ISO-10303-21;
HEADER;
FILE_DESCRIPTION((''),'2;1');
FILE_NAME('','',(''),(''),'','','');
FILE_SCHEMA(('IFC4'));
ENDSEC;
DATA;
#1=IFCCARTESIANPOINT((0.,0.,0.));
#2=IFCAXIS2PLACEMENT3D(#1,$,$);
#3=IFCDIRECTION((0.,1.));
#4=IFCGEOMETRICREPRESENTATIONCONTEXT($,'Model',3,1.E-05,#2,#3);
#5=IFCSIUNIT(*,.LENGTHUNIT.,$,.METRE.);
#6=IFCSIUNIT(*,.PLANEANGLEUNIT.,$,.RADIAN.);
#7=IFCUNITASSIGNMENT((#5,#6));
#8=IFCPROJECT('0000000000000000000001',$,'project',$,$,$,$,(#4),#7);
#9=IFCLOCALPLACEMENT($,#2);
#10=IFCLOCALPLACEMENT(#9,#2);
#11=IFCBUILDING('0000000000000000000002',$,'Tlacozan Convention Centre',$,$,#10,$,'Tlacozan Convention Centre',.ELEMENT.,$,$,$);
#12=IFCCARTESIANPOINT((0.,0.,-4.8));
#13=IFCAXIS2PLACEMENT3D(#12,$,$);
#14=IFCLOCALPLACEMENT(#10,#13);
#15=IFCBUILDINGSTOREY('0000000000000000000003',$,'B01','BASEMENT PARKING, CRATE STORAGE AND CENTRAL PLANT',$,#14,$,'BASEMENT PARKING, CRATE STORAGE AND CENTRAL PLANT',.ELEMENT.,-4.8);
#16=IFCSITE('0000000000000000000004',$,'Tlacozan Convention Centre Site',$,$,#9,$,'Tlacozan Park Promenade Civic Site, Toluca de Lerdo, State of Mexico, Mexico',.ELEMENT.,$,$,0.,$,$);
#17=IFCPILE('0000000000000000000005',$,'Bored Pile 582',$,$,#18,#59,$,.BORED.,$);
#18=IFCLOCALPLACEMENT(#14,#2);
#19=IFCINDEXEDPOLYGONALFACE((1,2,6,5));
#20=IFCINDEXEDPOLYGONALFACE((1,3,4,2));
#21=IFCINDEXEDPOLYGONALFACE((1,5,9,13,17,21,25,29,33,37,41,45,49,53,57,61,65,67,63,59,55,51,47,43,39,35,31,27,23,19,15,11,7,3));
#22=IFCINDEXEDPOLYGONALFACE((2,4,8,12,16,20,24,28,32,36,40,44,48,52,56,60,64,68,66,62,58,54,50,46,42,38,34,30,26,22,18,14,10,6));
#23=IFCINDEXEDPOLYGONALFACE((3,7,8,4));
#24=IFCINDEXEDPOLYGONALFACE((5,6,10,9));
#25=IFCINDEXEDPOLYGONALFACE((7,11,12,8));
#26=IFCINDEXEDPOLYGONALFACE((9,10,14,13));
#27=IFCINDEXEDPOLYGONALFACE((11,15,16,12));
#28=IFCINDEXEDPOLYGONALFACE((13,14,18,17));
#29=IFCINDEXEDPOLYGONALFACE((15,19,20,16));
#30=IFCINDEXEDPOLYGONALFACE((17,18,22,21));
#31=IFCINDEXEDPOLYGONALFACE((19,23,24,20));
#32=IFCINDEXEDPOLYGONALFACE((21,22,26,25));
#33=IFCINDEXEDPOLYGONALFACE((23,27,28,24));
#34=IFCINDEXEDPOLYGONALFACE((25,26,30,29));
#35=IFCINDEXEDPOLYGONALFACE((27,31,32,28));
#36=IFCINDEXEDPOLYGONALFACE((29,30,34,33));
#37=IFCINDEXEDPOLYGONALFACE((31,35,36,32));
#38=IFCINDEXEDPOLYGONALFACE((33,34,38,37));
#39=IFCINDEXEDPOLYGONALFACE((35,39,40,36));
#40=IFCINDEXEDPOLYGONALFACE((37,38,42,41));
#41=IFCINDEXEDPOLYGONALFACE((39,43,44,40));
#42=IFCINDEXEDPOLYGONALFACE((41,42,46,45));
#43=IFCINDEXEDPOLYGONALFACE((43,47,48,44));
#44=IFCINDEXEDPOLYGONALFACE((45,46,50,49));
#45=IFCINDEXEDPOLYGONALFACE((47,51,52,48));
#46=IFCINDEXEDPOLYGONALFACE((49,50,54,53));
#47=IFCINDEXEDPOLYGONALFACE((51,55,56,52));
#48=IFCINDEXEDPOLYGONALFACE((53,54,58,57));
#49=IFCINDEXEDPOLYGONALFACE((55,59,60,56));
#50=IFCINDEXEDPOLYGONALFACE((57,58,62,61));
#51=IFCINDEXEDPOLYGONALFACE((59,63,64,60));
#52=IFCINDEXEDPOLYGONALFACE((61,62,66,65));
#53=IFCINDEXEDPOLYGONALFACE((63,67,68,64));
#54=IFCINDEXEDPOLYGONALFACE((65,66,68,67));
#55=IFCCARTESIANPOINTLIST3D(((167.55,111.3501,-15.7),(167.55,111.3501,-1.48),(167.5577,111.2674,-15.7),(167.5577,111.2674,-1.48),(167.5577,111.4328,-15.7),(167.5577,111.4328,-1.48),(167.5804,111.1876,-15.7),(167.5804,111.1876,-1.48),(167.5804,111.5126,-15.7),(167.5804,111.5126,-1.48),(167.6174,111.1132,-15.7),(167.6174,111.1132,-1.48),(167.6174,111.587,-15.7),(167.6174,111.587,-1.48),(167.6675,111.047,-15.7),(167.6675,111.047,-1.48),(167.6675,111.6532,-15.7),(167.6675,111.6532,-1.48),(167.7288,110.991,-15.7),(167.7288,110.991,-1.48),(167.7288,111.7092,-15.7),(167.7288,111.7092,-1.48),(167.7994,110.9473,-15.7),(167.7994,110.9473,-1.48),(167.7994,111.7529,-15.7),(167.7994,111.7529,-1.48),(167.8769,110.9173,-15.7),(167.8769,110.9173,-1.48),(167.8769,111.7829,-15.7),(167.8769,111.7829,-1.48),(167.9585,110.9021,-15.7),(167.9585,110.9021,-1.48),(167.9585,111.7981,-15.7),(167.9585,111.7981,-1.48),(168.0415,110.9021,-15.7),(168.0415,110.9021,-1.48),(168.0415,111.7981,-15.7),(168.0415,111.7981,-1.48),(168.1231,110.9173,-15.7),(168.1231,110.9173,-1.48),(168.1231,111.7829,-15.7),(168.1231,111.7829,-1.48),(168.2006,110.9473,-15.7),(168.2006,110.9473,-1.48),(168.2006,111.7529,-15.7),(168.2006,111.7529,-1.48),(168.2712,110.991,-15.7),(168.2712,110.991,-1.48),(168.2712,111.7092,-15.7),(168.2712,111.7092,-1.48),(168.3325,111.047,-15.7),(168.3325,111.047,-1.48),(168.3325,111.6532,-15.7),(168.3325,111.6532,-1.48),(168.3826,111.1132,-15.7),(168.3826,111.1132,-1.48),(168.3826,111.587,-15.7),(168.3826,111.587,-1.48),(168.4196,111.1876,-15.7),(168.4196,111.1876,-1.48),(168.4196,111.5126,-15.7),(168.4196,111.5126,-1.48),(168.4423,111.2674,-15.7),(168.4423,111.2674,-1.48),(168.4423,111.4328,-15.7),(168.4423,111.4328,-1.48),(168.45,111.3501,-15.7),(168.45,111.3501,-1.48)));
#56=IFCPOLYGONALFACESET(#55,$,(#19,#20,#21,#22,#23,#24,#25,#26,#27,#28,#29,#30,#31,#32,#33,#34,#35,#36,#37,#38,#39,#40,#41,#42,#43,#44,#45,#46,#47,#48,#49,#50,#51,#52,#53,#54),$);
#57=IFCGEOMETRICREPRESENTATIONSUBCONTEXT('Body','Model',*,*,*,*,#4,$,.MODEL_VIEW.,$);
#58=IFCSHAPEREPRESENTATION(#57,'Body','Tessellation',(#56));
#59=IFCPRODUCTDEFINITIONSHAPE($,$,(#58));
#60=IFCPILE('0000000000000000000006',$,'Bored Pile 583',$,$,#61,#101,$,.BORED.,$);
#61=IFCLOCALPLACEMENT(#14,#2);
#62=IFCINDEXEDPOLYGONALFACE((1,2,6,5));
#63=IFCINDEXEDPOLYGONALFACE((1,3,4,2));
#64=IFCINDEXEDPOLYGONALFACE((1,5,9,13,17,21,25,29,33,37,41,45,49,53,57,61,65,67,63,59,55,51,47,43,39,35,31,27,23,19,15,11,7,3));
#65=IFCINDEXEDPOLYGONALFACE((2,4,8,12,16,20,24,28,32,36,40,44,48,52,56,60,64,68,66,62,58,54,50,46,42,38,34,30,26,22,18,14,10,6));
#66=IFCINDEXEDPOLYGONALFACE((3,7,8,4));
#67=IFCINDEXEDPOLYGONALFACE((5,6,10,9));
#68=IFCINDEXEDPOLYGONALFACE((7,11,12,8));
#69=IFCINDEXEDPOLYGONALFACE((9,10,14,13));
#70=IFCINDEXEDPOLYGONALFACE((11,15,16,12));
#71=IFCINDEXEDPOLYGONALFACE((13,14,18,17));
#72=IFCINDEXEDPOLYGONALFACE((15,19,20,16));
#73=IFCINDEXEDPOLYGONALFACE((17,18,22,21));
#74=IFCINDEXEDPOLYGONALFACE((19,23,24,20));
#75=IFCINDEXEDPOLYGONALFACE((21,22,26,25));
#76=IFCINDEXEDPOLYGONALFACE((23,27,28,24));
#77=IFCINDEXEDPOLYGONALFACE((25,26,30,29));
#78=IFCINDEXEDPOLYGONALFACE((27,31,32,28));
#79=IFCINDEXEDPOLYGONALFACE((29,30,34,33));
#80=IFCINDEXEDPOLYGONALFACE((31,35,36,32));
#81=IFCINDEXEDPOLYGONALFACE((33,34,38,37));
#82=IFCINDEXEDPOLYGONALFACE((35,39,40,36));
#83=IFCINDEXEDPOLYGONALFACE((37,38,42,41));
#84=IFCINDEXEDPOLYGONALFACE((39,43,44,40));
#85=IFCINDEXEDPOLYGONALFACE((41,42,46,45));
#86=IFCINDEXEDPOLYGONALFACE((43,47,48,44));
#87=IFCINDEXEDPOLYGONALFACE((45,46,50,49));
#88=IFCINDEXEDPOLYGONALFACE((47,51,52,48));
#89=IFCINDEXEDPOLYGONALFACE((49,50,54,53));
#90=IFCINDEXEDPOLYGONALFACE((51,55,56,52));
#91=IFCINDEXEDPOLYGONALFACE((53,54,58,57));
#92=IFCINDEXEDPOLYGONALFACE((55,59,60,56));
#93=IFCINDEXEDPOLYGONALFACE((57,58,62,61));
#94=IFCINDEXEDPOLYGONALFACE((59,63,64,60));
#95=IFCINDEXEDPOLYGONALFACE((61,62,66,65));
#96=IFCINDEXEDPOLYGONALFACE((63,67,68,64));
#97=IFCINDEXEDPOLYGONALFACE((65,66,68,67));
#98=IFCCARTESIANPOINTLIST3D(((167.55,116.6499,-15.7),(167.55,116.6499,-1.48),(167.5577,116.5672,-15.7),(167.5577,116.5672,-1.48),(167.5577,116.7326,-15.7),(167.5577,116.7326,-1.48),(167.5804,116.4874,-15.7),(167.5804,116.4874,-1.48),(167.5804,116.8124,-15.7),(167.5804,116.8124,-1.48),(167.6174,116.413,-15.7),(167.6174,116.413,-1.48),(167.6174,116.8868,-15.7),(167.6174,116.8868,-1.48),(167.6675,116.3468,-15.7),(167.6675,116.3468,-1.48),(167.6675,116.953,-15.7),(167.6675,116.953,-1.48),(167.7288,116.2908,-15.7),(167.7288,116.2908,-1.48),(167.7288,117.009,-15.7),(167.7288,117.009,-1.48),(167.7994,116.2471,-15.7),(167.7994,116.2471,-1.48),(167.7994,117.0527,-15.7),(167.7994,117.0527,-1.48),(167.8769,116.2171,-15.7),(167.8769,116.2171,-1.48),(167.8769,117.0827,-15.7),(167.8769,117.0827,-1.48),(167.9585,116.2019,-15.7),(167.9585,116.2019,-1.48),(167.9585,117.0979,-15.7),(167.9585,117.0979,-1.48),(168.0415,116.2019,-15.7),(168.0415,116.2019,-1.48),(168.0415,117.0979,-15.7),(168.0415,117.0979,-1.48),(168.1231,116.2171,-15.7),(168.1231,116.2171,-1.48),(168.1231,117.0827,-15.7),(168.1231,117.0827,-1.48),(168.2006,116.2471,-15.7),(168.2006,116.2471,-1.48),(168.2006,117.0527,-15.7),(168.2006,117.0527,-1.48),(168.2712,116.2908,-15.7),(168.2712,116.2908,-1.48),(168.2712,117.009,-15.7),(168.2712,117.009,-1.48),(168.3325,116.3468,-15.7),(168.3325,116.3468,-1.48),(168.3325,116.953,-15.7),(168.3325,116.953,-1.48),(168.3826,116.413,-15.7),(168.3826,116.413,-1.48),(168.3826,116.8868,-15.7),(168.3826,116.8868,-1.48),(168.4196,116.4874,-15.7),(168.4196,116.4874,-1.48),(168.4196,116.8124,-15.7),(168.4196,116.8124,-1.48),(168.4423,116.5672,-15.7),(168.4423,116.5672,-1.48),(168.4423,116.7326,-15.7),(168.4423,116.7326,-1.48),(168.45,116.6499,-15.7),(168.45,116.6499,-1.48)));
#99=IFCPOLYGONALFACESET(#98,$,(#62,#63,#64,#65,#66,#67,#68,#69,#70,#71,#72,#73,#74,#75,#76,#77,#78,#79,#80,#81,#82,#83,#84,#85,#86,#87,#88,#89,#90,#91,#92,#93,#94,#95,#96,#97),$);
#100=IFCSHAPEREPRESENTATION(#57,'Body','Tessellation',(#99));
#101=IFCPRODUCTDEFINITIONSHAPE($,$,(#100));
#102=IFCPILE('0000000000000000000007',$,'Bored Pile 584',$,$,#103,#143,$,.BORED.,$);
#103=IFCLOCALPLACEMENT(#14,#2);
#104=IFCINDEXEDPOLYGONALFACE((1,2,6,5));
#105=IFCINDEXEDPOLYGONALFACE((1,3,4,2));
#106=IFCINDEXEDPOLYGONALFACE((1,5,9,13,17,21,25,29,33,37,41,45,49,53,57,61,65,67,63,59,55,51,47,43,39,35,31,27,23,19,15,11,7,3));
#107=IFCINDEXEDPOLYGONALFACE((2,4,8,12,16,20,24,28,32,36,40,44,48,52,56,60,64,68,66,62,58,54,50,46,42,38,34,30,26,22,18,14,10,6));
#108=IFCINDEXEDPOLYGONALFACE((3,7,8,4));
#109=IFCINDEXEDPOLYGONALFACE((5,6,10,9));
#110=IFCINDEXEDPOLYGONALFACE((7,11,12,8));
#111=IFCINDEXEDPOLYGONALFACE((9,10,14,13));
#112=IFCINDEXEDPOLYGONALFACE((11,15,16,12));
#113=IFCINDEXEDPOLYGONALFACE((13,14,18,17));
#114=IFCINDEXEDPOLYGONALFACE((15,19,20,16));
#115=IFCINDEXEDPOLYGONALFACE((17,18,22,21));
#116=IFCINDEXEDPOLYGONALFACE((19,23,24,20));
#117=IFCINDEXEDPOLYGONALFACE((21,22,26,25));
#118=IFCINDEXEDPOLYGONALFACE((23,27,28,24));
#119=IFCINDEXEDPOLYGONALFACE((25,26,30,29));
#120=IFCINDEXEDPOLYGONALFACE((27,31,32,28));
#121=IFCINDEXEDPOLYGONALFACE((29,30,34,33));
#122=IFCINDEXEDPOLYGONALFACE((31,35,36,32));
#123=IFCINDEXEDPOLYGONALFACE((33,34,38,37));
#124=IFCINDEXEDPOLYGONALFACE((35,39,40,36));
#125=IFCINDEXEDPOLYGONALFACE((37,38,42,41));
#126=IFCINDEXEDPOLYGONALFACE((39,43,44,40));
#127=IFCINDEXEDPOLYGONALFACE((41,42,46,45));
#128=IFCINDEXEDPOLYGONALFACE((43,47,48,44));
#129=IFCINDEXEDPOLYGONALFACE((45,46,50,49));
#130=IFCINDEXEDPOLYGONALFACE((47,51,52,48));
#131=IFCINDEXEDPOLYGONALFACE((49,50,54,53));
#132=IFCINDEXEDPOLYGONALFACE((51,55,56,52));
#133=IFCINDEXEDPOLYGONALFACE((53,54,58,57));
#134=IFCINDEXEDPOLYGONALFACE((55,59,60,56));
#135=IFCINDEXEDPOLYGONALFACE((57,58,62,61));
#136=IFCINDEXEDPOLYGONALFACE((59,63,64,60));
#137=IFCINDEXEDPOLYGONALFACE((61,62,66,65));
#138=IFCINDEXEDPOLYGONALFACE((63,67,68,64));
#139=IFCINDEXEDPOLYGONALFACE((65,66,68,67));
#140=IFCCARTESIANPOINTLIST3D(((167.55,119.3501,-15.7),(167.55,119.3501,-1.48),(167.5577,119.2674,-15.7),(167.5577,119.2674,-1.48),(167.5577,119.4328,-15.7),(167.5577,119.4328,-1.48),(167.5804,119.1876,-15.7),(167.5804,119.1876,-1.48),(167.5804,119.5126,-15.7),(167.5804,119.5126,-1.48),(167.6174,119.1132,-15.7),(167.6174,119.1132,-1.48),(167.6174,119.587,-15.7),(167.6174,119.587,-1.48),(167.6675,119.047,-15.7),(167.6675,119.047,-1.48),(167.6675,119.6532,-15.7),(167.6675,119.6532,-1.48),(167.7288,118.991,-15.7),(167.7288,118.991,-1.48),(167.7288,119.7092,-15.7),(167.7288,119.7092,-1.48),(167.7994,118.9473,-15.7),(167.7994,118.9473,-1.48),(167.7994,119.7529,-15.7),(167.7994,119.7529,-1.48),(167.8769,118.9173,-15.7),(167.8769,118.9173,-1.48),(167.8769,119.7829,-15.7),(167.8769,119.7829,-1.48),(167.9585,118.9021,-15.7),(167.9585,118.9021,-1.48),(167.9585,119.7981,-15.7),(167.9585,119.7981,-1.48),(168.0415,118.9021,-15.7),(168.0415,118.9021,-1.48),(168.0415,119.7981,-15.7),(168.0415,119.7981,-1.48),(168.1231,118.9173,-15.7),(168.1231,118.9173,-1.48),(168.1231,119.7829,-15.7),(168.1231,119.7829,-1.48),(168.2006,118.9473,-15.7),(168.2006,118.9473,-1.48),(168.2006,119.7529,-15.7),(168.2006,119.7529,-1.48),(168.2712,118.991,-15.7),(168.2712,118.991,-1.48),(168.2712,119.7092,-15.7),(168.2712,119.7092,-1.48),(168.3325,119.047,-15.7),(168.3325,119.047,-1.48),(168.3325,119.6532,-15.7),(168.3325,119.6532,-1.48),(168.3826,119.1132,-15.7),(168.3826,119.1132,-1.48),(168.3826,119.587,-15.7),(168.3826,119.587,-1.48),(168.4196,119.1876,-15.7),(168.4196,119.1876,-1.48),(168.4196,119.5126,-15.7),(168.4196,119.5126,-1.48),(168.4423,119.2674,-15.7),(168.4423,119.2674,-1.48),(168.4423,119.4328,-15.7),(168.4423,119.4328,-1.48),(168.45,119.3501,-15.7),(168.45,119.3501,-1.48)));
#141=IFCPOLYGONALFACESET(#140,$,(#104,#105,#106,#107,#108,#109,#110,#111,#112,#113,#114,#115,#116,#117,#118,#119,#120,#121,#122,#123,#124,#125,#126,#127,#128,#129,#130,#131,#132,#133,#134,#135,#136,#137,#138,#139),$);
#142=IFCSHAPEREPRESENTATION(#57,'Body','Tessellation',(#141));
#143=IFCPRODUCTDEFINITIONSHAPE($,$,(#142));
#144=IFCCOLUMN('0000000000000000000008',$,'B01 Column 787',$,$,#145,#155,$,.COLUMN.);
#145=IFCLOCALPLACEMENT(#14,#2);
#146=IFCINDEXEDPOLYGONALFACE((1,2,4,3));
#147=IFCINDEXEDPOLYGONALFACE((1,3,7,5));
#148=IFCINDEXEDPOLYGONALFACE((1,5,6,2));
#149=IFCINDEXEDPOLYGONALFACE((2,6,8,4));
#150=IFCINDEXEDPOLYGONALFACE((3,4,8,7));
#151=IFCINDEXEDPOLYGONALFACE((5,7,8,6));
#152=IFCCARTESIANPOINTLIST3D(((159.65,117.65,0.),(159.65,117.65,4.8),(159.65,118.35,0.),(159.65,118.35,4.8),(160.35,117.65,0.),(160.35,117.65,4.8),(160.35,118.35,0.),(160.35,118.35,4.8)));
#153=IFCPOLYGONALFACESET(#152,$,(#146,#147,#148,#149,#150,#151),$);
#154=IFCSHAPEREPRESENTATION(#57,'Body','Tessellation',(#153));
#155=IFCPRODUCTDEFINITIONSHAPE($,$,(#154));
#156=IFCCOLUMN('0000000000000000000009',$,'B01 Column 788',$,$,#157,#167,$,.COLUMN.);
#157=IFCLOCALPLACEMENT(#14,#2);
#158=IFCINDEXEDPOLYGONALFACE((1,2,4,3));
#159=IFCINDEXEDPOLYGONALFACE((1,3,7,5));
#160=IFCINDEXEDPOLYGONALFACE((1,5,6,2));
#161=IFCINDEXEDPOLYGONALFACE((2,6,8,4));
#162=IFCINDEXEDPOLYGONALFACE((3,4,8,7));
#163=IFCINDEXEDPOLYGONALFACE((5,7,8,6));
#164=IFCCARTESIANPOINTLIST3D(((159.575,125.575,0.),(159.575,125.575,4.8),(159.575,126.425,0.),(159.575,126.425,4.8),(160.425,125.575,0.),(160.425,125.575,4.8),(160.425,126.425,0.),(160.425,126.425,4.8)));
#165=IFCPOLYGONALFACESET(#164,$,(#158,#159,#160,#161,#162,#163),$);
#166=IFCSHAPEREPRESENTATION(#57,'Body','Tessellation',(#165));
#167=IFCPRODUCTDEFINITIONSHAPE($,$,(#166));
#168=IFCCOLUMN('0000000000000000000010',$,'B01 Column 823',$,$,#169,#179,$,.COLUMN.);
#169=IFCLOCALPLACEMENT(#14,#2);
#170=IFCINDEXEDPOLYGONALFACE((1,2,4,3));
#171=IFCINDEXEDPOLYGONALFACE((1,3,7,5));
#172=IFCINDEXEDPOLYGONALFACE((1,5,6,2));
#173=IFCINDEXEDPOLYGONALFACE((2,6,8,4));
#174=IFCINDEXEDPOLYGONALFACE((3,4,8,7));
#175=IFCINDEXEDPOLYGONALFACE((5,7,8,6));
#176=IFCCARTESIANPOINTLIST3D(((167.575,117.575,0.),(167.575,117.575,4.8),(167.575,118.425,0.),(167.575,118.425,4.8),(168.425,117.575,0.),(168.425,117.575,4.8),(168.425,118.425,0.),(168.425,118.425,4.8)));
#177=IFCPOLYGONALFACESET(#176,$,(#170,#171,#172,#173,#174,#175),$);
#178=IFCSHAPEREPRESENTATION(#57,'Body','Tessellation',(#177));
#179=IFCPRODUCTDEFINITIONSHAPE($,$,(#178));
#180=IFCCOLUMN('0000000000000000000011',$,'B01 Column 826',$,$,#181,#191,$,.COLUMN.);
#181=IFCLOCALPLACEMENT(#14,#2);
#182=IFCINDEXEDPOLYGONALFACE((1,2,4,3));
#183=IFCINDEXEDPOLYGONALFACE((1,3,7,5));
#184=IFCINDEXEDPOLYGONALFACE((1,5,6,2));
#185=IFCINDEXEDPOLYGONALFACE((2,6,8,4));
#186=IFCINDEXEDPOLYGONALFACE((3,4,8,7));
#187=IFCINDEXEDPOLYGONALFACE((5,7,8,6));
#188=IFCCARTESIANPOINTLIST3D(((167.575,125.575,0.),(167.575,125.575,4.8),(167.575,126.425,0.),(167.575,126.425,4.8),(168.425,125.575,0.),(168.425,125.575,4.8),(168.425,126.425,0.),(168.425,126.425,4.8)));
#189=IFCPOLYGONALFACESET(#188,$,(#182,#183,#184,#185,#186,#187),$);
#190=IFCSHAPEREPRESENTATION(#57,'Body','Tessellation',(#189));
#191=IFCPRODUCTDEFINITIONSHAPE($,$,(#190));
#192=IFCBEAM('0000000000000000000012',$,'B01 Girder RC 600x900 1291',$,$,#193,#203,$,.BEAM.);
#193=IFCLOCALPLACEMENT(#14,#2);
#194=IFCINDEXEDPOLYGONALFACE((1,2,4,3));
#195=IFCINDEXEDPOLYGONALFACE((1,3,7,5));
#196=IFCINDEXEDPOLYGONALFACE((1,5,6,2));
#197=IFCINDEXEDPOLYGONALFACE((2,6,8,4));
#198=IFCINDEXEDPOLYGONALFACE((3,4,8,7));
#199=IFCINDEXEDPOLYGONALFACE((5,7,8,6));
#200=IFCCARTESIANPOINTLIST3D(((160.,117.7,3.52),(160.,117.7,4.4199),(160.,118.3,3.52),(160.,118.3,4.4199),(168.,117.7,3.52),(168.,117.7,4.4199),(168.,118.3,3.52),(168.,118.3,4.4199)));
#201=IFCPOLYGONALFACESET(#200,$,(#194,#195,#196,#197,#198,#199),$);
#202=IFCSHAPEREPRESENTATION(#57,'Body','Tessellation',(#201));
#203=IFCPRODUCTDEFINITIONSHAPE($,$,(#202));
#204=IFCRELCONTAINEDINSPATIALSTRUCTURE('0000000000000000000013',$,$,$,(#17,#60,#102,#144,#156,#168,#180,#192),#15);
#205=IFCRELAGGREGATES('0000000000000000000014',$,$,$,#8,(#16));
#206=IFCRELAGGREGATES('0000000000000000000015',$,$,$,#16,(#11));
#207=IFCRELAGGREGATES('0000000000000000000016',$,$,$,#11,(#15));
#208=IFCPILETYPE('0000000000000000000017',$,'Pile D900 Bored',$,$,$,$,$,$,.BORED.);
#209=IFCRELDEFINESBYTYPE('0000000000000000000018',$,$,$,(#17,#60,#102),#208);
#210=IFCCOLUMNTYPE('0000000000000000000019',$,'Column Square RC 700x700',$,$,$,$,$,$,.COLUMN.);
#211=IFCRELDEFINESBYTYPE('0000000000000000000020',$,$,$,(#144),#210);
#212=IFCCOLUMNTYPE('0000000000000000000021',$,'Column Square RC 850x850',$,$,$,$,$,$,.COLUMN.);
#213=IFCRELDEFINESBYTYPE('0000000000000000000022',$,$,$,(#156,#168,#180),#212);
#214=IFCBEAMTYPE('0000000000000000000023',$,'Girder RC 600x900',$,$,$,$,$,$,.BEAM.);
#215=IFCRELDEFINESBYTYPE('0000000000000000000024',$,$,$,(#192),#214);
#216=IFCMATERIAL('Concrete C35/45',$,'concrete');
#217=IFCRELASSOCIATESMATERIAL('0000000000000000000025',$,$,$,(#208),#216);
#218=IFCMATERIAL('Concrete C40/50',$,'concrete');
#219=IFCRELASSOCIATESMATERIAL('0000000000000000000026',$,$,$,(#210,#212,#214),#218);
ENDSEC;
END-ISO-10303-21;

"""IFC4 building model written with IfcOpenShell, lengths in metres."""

from ifc_helpers import new_model, si_unit, direction, frame, origin, origin_2d, place, context, subcontext, project, spatial, rectangle, circle, extrude, material, material_profile, profile_set, type_object, element, save


model = new_model("IFC4")

# Units and contexts
model_context = context("Model", 3, precision=1e-05, world=origin(), true_north=direction((0.0, 1.0)))
body_context = subcontext(model_context, "Body", "Model", "MODEL_VIEW")
ifc_project = project(units=[si_unit("LENGTHUNIT", "METRE"), si_unit("PLANEANGLEUNIT", "RADIAN")], contexts=[model_context])

# Site, building, storey
site_placement = place(None, origin())
site = spatial("IfcSite", under=ifc_project, at=site_placement, Name="Tlacozan Convention Centre Site", LongName="Tlacozan Park Promenade Civic Site, Toluca de Lerdo, State of Mexico, Mexico", CompositionType="ELEMENT", RefElevation=0.0)
building_placement = place(site_placement, origin())
building = spatial("IfcBuilding", under=site, at=building_placement, Name="Tlacozan Convention Centre", LongName="Tlacozan Convention Centre", CompositionType="ELEMENT")
storey_placement = place(building_placement, frame((0.0, 0.0, -4.8)))
storey = spatial("IfcBuildingStorey", under=building, at=storey_placement, Name="B01", Description="BASEMENT PARKING, CRATE STORAGE AND CENTRAL PLANT", LongName="BASEMENT PARKING, CRATE STORAGE AND CENTRAL PLANT", CompositionType="ELEMENT", Elevation=-4.8)

# Shared definitions
ifc_material_1 = material(Name="Concrete C35/45", Category="concrete")

# Piles
ifc_material_profile_1 = material_profile(ifc_material_1, circle(Radius=0.45, at=origin_2d()), Name="PILE D900")
ifc_profile_set_1 = profile_set([ifc_material_profile_1], Name="Concrete C35/45")
pile_type_1 = type_object("IfcPileType", Name="Pile D900 Bored", PredefinedType="BORED", material=ifc_profile_set_1)
for number, where, z_axis, x_axis, name in (
    (1, (168.0, 111.3501, -1.48), (0.0, 0.0, -1.0), (1.0, 0.0, 0.0), "Bored Pile 582"),
    (2, (168.0, 116.6499, -1.48), (0.0, 0.0, -1.0), (1.0, 0.0, 0.0), "Bored Pile 583"),
    (3, (168.0, 119.3501, -1.48), (0.0, 0.0, -1.0), (1.0, 0.0, 0.0), "Bored Pile 584"),
):
    element("IfcPile", number, at=place(storey_placement, frame(where, z_axis=z_axis, x_axis=x_axis)), inside=storey, type_object=pile_type_1, Name=name, PredefinedType="BORED", context=body_context, shape_type="SweptSolid", body=[
        extrude(circle(Radius=0.45, at=origin_2d()), origin(), (0.0, 0.0, 1.0), 14.22),
    ])

# Columns
ifc_material_2 = material(Name="Concrete C40/50", Category="concrete")
ifc_material_profile_2 = material_profile(ifc_material_2, rectangle(XDim=0.7, YDim=0.7, at=origin_2d()), Name="RC 700x700")
ifc_profile_set_2 = profile_set([ifc_material_profile_2], Name="Concrete C40/50")
column_type_1 = type_object("IfcColumnType", Name="Column Square RC 700x700", PredefinedType="COLUMN", material=ifc_profile_set_2)
column_placement = place(storey_placement, frame((160.0, 118.0, 0.0), z_axis=(0.0, 0.0, 1.0), x_axis=(1.0, 0.0, 0.0)))
element("IfcColumn", 4, at=column_placement, inside=storey, type_object=column_type_1, Name="B01 Column 787", PredefinedType="COLUMN", context=body_context, shape_type="SweptSolid", body=[
    extrude(rectangle(XDim=0.7, YDim=0.7, at=origin_2d()), origin(), (0.0, 0.0, 1.0), 4.8),
])
ifc_material_profile_3 = material_profile(ifc_material_2, rectangle(XDim=0.8501, YDim=0.8501, at=origin_2d()), Name="RC 850x850")
ifc_profile_set_3 = profile_set([ifc_material_profile_3], Name="Concrete C40/50")
column_type_2 = type_object("IfcColumnType", Name="Column Square RC 850x850", PredefinedType="COLUMN", material=ifc_profile_set_3)
for number, where, z_axis, x_axis, name in (
    (5, (160.0, 126.0, 0.0), (0.0, 0.0, 1.0), (1.0, 0.0, 0.0), "B01 Column 788"),
    (6, (168.0, 118.0, 0.0), (0.0, 0.0, 1.0), (1.0, 0.0, 0.0), "B01 Column 823"),
    (7, (168.0, 126.0, 0.0), (0.0, 0.0, 1.0), (1.0, 0.0, 0.0), "B01 Column 826"),
):
    element("IfcColumn", number, at=place(storey_placement, frame(where, z_axis=z_axis, x_axis=x_axis)), inside=storey, type_object=column_type_2, Name=name, PredefinedType="COLUMN", context=body_context, shape_type="SweptSolid", body=[
        extrude(rectangle(XDim=0.8501, YDim=0.8501, at=origin_2d()), origin(), (0.0, 0.0, 1.0), 4.8),
    ])

# Beam
ifc_material_profile_4 = material_profile(ifc_material_2, rectangle(XDim=0.6001, YDim=0.8999, at=origin_2d()), Name="RC 600x900")
ifc_profile_set_4 = profile_set([ifc_material_profile_4], Name="Concrete C40/50")
beam_type_1 = type_object("IfcBeamType", Name="Girder RC 600x900", PredefinedType="BEAM", material=ifc_profile_set_4)
for number, where, z_axis, x_axis, name in (
    (8, (160.0, 118.0, 3.97), (1.0, 0.0, 0.0), (0.0, 1.0, 0.0), "B01 Girder RC 600x900 1291"),
):
    element("IfcBeam", number, at=place(storey_placement, frame(where, z_axis=z_axis, x_axis=x_axis)), inside=storey, type_object=beam_type_1, Name=name, PredefinedType="BEAM", context=body_context, shape_type="SweptSolid", body=[
        extrude(rectangle(XDim=0.6001, YDim=0.8999, at=origin_2d()), origin(), (0.0, 0.0, 1.0), 8.0),
    ])

save(model, "model.ifc")
